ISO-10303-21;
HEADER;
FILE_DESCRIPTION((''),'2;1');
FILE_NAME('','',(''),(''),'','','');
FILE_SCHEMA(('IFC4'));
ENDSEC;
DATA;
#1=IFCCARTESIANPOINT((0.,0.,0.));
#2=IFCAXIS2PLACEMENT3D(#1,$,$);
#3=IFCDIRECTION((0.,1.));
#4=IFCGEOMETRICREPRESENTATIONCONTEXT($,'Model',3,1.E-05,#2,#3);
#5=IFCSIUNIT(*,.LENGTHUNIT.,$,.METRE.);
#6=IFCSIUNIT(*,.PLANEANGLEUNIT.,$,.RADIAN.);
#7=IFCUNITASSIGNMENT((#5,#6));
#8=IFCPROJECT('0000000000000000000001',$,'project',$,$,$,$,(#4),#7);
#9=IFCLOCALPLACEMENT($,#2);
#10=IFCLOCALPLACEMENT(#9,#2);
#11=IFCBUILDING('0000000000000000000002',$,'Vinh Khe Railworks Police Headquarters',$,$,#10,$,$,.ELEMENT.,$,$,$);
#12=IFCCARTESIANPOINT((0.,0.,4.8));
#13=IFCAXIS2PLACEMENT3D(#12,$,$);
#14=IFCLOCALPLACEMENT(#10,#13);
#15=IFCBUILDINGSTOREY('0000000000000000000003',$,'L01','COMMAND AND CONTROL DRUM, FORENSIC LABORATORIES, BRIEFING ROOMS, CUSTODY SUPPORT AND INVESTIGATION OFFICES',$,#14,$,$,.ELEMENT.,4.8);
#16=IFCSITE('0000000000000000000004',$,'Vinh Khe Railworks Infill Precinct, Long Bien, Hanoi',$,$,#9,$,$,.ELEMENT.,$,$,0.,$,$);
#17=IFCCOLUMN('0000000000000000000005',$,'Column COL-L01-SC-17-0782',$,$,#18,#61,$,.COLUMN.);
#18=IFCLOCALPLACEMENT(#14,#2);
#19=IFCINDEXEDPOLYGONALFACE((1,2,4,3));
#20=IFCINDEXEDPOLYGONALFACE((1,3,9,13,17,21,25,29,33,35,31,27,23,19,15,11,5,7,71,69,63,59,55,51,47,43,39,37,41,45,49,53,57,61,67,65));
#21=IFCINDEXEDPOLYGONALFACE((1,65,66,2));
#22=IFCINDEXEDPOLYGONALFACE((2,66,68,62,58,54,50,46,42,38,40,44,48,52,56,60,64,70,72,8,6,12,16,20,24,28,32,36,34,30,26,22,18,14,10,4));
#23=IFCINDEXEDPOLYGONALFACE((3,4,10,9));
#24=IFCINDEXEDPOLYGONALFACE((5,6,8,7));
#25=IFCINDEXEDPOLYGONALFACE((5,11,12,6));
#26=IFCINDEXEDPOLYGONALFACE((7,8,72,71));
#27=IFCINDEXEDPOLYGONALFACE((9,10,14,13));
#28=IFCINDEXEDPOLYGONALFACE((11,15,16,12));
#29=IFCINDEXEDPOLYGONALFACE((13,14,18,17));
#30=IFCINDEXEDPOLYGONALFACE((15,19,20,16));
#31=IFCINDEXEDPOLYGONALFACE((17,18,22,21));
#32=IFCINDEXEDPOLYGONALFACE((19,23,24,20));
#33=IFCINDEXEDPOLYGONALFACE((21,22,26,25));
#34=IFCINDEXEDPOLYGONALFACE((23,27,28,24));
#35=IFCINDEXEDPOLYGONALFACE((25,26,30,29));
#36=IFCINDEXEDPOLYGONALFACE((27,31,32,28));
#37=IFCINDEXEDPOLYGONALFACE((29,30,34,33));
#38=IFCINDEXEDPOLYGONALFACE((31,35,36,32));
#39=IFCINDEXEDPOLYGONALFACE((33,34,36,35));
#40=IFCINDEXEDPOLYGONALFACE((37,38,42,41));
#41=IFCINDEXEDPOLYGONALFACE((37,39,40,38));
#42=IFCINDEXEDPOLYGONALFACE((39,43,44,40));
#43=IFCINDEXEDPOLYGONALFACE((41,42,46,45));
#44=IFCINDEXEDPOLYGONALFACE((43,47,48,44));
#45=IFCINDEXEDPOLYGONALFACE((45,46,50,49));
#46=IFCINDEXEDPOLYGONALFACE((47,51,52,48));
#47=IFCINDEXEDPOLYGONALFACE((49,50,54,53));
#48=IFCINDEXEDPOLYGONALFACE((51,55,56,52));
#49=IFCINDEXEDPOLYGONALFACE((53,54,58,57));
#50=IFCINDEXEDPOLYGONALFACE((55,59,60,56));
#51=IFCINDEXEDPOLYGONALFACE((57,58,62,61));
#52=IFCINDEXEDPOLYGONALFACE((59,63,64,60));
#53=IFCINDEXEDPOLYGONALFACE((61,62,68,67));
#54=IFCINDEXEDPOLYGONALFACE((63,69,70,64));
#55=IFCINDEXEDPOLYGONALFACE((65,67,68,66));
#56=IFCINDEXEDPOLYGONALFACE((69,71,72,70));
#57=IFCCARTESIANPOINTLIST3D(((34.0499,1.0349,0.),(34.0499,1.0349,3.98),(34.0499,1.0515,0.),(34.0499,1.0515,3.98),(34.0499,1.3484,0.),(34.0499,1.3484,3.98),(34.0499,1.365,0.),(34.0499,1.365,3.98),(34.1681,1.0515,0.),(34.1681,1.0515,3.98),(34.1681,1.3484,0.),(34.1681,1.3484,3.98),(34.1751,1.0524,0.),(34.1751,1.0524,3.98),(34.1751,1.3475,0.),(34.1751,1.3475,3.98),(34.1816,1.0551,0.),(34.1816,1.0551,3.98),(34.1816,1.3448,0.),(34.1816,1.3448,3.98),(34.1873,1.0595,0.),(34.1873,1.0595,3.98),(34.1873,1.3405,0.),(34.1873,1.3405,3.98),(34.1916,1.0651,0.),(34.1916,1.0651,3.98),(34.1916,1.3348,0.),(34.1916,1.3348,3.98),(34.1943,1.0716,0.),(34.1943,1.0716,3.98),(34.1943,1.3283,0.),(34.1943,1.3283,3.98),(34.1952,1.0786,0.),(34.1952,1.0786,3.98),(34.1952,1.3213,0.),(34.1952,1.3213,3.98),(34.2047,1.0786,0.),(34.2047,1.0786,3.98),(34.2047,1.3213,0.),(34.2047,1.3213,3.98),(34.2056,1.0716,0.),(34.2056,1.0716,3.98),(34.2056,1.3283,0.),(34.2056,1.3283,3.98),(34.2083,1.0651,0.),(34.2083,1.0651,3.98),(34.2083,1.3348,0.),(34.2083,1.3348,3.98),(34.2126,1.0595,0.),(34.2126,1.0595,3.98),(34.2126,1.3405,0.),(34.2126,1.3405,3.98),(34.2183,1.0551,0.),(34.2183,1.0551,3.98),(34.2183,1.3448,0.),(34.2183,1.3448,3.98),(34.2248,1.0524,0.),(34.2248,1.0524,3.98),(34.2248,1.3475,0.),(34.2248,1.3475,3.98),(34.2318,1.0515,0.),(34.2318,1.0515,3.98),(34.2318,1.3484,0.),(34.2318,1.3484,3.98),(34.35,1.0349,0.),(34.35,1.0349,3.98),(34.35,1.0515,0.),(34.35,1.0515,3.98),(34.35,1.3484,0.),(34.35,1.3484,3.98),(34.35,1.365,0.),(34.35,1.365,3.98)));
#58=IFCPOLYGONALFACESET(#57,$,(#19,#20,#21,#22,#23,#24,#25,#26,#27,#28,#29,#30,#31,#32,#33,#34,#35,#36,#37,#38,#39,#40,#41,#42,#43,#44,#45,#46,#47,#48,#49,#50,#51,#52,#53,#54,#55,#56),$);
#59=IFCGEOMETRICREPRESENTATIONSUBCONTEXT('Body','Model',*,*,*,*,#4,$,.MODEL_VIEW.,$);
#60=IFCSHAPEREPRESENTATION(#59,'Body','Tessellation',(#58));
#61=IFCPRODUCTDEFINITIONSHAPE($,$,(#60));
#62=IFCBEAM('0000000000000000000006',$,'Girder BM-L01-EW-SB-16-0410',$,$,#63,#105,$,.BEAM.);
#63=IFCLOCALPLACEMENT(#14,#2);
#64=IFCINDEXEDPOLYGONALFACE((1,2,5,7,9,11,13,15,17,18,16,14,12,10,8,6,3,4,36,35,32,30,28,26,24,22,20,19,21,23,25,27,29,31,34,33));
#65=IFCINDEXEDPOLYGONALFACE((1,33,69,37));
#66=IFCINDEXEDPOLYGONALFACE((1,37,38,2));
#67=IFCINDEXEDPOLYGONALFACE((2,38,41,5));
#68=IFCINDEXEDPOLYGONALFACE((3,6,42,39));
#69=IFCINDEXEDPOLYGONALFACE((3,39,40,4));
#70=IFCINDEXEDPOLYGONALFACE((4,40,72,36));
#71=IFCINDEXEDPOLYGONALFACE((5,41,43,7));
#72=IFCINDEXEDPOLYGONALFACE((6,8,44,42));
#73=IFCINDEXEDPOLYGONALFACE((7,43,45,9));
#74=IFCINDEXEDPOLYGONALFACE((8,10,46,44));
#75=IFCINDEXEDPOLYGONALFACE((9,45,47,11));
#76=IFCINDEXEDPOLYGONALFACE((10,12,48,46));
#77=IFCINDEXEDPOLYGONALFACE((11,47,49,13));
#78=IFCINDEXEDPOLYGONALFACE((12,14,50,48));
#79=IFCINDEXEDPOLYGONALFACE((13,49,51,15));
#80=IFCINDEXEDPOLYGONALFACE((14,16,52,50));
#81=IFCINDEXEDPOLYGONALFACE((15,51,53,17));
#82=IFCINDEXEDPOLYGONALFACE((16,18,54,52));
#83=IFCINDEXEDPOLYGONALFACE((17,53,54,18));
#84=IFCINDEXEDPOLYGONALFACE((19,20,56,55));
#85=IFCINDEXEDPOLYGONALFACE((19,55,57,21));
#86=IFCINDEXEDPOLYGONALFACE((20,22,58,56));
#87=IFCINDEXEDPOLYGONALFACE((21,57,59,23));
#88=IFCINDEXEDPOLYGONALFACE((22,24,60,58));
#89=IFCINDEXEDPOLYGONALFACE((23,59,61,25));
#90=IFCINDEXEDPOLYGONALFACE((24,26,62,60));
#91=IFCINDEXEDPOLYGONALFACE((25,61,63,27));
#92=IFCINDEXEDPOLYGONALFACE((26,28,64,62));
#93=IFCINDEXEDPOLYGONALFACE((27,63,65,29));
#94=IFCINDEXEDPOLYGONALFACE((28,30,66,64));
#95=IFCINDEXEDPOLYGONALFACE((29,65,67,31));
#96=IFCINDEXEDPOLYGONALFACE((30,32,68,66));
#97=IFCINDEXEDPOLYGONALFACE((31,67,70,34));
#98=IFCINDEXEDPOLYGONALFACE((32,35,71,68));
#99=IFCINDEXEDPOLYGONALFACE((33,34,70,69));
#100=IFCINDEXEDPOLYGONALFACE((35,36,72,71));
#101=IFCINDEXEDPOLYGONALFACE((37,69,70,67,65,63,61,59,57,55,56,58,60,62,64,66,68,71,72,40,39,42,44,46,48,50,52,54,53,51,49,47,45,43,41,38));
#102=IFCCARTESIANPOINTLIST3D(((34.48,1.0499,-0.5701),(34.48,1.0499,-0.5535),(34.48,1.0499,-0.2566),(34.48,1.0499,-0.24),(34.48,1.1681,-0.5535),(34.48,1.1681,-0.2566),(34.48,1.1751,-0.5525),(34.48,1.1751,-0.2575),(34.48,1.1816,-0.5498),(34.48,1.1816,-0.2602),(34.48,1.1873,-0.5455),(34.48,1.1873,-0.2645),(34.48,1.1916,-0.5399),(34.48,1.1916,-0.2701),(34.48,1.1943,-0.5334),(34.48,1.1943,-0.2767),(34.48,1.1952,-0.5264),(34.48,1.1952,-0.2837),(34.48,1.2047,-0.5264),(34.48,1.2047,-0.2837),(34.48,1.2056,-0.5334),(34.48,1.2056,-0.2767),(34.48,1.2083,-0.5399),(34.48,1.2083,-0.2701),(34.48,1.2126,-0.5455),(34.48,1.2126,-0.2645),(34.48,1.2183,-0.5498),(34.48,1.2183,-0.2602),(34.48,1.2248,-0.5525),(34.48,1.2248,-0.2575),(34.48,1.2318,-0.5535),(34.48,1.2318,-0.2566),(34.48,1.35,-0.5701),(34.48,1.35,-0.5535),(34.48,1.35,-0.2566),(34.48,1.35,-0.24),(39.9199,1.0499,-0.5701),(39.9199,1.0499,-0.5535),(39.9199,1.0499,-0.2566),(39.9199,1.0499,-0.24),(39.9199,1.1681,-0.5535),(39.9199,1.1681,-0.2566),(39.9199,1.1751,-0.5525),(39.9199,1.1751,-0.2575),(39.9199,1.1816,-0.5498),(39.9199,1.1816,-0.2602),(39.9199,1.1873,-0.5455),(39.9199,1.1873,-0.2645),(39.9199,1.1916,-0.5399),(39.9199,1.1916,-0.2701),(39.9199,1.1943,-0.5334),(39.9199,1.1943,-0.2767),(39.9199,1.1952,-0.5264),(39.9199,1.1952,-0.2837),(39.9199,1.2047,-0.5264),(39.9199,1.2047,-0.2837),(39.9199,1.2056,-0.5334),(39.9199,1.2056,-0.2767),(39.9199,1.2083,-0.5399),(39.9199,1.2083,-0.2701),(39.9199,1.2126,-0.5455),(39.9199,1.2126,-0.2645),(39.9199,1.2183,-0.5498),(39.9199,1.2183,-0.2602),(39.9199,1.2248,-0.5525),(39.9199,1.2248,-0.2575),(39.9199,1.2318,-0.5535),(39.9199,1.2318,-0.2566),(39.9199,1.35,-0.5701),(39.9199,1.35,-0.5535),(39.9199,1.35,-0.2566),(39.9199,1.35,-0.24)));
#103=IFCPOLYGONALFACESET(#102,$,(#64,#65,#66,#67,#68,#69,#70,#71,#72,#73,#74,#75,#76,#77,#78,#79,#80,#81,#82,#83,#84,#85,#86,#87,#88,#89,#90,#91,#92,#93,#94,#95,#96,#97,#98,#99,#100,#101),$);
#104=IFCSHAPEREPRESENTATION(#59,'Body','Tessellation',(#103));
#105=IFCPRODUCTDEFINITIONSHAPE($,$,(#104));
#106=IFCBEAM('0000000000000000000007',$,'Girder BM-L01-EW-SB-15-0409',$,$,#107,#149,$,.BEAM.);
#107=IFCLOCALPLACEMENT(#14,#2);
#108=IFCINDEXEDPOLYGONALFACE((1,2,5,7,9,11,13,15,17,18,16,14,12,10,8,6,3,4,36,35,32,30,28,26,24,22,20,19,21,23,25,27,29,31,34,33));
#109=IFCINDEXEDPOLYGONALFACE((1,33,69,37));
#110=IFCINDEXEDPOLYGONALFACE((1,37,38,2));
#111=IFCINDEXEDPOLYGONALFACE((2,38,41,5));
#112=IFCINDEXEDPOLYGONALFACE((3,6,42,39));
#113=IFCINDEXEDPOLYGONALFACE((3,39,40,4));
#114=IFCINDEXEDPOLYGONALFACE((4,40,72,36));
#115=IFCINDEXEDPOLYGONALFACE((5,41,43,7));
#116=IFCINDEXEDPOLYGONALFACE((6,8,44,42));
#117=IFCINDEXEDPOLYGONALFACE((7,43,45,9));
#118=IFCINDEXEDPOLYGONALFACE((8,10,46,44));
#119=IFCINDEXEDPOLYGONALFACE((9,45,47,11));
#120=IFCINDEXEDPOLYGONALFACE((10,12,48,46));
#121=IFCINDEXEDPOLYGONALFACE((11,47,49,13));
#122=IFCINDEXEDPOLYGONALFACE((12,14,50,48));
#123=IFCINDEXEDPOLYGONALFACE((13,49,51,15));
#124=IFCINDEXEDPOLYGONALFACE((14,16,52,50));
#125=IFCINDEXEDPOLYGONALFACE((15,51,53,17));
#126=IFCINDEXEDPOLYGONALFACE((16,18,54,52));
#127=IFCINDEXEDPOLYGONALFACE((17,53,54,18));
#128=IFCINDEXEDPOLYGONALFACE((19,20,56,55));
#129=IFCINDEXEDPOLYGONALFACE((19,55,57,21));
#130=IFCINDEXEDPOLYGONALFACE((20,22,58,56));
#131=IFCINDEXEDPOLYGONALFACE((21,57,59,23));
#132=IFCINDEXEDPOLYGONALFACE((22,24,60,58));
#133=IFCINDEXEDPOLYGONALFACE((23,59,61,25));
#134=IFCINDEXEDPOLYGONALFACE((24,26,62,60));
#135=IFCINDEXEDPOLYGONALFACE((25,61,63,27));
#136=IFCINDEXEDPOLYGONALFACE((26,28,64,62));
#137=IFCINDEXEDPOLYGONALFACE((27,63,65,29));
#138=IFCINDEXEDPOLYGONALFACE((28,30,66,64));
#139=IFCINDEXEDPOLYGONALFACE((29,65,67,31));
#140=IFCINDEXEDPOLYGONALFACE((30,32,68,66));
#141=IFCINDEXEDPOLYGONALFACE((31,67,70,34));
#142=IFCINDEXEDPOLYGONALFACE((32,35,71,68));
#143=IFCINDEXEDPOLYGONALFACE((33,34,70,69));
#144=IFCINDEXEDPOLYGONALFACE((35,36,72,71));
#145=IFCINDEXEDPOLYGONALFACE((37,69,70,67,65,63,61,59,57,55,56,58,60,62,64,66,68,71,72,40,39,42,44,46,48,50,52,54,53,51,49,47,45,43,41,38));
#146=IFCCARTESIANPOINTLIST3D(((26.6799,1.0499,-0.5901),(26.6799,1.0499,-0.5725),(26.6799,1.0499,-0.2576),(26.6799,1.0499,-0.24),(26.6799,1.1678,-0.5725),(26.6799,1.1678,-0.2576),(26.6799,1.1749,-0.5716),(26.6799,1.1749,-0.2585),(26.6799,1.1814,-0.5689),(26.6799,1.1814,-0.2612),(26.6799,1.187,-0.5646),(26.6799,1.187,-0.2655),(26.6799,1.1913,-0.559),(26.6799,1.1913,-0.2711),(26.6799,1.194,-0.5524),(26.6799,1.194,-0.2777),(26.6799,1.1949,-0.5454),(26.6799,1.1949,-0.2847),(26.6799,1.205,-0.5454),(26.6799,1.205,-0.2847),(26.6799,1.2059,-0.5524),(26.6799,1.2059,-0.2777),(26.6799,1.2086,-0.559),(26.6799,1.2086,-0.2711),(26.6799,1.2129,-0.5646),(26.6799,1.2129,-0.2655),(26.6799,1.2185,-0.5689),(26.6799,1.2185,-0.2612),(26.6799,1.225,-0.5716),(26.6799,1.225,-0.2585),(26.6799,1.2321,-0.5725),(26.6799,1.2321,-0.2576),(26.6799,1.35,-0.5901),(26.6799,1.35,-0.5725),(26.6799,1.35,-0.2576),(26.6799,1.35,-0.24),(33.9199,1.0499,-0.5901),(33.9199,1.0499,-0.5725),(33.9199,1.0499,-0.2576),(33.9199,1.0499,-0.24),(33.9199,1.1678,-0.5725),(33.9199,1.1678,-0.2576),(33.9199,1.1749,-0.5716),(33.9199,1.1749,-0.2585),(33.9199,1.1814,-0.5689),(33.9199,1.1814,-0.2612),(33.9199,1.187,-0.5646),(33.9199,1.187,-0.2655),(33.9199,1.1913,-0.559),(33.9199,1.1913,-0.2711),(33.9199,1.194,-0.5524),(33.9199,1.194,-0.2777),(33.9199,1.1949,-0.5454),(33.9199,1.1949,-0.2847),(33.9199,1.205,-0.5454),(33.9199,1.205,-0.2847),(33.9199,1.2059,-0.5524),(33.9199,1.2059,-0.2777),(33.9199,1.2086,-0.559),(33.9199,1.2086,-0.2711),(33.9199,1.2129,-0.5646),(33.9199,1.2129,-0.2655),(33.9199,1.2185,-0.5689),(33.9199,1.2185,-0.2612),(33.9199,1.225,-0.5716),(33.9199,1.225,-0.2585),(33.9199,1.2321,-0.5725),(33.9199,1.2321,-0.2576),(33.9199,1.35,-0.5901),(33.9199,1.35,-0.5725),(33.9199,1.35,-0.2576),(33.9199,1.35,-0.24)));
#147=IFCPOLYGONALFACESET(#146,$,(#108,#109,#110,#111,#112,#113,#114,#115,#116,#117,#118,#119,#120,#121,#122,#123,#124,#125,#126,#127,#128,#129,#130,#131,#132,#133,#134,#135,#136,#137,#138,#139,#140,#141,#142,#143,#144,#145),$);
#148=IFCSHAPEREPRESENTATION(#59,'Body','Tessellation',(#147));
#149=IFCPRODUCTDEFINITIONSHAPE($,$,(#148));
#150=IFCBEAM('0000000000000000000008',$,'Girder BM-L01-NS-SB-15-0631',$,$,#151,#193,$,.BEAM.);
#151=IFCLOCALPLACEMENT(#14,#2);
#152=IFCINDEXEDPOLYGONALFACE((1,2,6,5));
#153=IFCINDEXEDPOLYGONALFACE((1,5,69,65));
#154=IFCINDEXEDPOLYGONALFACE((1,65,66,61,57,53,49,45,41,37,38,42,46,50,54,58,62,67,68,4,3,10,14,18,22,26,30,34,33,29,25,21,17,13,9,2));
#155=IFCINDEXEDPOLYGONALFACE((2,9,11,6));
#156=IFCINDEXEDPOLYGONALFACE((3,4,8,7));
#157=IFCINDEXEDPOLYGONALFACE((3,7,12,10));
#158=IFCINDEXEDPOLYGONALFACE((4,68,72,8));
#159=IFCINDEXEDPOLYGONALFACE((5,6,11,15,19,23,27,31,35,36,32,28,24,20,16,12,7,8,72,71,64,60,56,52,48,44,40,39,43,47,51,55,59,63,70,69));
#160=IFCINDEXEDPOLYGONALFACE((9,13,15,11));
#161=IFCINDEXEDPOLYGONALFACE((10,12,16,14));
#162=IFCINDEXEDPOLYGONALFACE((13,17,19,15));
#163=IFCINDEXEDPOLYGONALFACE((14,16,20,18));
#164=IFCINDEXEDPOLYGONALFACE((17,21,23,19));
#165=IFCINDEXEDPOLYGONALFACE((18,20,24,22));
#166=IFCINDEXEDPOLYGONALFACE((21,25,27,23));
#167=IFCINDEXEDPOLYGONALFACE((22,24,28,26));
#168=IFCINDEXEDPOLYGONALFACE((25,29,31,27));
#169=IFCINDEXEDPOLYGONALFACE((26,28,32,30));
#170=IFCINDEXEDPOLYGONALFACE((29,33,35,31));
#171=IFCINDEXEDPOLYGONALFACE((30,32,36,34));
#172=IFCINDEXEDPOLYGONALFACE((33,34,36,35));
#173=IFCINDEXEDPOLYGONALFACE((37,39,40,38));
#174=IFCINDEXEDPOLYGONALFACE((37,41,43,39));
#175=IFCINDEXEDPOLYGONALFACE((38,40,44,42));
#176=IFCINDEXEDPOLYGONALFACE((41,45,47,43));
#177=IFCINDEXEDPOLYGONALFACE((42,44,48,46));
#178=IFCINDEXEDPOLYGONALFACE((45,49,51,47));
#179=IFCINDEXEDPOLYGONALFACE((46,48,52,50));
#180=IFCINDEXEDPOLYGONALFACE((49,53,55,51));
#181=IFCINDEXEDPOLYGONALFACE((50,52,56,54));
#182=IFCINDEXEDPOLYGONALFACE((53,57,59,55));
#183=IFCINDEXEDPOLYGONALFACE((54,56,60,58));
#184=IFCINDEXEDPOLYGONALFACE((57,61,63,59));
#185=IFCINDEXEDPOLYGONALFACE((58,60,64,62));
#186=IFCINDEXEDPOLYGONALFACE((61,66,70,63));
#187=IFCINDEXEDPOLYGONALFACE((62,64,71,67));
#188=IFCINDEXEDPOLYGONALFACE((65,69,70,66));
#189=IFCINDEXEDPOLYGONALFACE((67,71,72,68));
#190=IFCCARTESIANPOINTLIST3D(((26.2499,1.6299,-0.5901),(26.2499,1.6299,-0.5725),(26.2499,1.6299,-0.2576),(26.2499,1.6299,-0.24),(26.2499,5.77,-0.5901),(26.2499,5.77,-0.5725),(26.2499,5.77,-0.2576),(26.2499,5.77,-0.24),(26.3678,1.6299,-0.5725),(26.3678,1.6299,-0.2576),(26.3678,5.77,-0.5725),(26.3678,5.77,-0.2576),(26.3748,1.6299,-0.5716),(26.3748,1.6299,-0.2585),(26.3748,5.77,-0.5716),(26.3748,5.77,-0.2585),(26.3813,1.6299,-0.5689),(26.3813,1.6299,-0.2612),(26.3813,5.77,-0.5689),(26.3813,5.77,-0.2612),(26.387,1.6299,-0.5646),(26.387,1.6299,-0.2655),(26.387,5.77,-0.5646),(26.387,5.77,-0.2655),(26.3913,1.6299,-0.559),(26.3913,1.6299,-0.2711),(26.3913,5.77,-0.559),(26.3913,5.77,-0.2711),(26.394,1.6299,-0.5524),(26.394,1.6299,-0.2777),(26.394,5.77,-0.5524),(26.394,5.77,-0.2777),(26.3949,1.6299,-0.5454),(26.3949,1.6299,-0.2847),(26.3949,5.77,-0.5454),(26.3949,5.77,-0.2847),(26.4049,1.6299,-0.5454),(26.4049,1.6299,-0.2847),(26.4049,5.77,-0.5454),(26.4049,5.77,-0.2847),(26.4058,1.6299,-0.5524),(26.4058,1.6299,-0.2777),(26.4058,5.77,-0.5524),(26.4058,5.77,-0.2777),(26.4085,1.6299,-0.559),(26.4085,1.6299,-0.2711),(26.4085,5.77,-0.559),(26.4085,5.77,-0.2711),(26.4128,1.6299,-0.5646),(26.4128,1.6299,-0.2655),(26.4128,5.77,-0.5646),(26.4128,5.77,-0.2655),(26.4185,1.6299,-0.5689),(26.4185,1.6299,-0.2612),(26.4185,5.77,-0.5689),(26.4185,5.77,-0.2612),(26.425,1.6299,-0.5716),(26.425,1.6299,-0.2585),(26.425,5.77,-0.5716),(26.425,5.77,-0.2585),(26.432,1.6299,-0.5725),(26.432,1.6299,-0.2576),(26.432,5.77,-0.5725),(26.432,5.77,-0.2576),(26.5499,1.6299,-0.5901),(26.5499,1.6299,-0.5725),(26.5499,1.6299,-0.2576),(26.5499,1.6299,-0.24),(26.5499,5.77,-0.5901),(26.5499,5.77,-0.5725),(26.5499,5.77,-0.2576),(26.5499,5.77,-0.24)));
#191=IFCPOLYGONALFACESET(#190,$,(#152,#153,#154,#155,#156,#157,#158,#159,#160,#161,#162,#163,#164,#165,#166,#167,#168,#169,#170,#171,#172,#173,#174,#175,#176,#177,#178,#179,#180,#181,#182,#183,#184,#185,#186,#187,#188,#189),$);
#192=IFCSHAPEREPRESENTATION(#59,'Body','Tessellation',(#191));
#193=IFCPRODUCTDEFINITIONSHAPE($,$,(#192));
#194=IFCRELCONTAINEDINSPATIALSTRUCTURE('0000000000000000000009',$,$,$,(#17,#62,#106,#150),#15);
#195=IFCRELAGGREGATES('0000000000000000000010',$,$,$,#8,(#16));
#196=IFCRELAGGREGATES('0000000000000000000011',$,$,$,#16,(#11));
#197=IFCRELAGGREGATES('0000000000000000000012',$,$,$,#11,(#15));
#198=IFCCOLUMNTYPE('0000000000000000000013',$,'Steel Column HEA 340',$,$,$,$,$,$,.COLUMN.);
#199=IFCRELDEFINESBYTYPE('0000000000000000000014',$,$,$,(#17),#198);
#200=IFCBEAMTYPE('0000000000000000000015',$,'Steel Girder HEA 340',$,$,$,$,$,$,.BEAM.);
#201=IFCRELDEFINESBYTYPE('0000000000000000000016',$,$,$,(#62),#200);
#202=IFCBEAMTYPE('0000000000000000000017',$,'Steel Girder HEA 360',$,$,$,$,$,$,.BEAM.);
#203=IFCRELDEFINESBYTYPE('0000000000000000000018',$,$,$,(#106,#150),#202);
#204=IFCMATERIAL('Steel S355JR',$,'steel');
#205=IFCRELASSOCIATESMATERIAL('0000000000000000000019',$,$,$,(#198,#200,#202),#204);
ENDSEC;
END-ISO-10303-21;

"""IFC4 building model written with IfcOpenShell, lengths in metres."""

from ifc_helpers import new_model, si_unit, direction, frame, origin, origin_2d, place, context, subcontext, project, spatial, i_section, extrude, material, material_profile, profile_set, type_object, element, save


model = new_model("IFC4")

# Units and contexts
model_context = context("Model", 3, precision=1e-05, world=origin(), true_north=direction((0.0, 1.0)))
body_context = subcontext(model_context, "Body", "Model", "MODEL_VIEW")
ifc_project = project(units=[si_unit("LENGTHUNIT", "METRE"), si_unit("PLANEANGLEUNIT", "RADIAN")], contexts=[model_context])

# Site, building, storey
site_placement = place(None, origin())
site = spatial("IfcSite", under=ifc_project, at=site_placement, Name="Vinh Khe Railworks Infill Precinct, Long Bien, Hanoi", CompositionType="ELEMENT", RefElevation=0.0)
building_placement = place(site_placement, origin())
building = spatial("IfcBuilding", under=site, at=building_placement, Name="Vinh Khe Railworks Police Headquarters", CompositionType="ELEMENT")
storey_placement = place(building_placement, frame((0.0, 0.0, 4.8)))
storey = spatial("IfcBuildingStorey", under=building, at=storey_placement, Name="L01", Description="COMMAND AND CONTROL DRUM, FORENSIC LABORATORIES, BRIEFING ROOMS, CUSTODY SUPPORT AND INVESTIGATION OFFICES", CompositionType="ELEMENT", Elevation=4.8)

# Column
ifc_material_1 = material(Name="Steel S355JR", Category="steel")
ifc_material_profile_1 = material_profile(ifc_material_1, i_section(OverallWidth=0.3, OverallDepth=0.3301, WebThickness=0.0095, FlangeThickness=0.0166, FilletRadius=0.0271, at=origin_2d()), Name="HEA 340")
ifc_profile_set_1 = profile_set([ifc_material_profile_1], Name="Steel S355JR")
column_type_1 = type_object("IfcColumnType", Name="Steel Column HEA 340", PredefinedType="COLUMN", material=ifc_profile_set_1)
column_1_placement = place(storey_placement, frame((34.2, 1.2, 0.0), z_axis=(0.0, 0.0, 1.0), x_axis=(1.0, 0.0, 0.0)))
element("IfcColumn", 1, at=column_1_placement, inside=storey, type_object=column_type_1, Name="Column COL-L01-SC-17-0782", PredefinedType="COLUMN", context=body_context, shape_type="SweptSolid", body=[
    extrude(i_section(OverallWidth=0.3, OverallDepth=0.3301, WebThickness=0.0095, FlangeThickness=0.0166, FilletRadius=0.0271, at=origin_2d()), origin(), (0.0, 0.0, 1.0), 3.98),
])

# Beams
ifc_material_profile_2 = material_profile(ifc_material_1, i_section(OverallWidth=0.3, OverallDepth=0.3301, WebThickness=0.0095, FlangeThickness=0.0166, FilletRadius=0.0271, at=origin_2d()), Name="HEA 340")
ifc_profile_set_2 = profile_set([ifc_material_profile_2], Name="Steel S355JR")
beam_type_1 = type_object("IfcBeamType", Name="Steel Girder HEA 340", PredefinedType="BEAM", material=ifc_profile_set_2)
beam_1_placement = place(storey_placement, frame((34.48, 1.2, -0.405), z_axis=(1.0, 0.0, 0.0), x_axis=(0.0, 1.0, 0.0)))
element("IfcBeam", 2, at=beam_1_placement, inside=storey, type_object=beam_type_1, Name="Girder BM-L01-EW-SB-16-0410", PredefinedType="BEAM", context=body_context, shape_type="SweptSolid", body=[
    extrude(i_section(OverallWidth=0.3, OverallDepth=0.3301, WebThickness=0.0095, FlangeThickness=0.0166, FilletRadius=0.0271, at=origin_2d()), origin(), (0.0, 0.0, 1.0), 5.4399),
])
ifc_material_profile_3 = material_profile(ifc_material_1, i_section(OverallWidth=0.3, OverallDepth=0.3501, WebThickness=0.01, FlangeThickness=0.0176, FilletRadius=0.0271, at=origin_2d()), Name="HEA 360")
ifc_profile_set_3 = profile_set([ifc_material_profile_3], Name="Steel S355JR")
beam_type_2 = type_object("IfcBeamType", Name="Steel Girder HEA 360", PredefinedType="BEAM", material=ifc_profile_set_3)
beam_2_placement = place(storey_placement, frame((26.6799, 1.2, -0.415), z_axis=(1.0, 0.0, 0.0), x_axis=(0.0, 1.0, 0.0)))
element("IfcBeam", 3, at=beam_2_placement, inside=storey, type_object=beam_type_2, Name="Girder BM-L01-EW-SB-15-0409", PredefinedType="BEAM", context=body_context, shape_type="SweptSolid", body=[
    extrude(i_section(OverallWidth=0.3, OverallDepth=0.3501, WebThickness=0.01, FlangeThickness=0.0176, FilletRadius=0.0271, at=origin_2d()), origin(), (0.0, 0.0, 1.0), 7.24),
])
beam_3_placement = place(storey_placement, frame((26.3999, 1.6299, -0.415), z_axis=(0.0, 1.0, 0.0), x_axis=(-1.0, 0.0, 0.0)))
element("IfcBeam", 4, at=beam_3_placement, inside=storey, type_object=beam_type_2, Name="Girder BM-L01-NS-SB-15-0631", PredefinedType="BEAM", context=body_context, shape_type="SweptSolid", body=[
    extrude(i_section(OverallWidth=0.3, OverallDepth=0.3501, WebThickness=0.01, FlangeThickness=0.0176, FilletRadius=0.0271, at=origin_2d()), origin(), (0.0, 0.0, 1.0), 4.1401),
])

save(model, "model.ifc")
